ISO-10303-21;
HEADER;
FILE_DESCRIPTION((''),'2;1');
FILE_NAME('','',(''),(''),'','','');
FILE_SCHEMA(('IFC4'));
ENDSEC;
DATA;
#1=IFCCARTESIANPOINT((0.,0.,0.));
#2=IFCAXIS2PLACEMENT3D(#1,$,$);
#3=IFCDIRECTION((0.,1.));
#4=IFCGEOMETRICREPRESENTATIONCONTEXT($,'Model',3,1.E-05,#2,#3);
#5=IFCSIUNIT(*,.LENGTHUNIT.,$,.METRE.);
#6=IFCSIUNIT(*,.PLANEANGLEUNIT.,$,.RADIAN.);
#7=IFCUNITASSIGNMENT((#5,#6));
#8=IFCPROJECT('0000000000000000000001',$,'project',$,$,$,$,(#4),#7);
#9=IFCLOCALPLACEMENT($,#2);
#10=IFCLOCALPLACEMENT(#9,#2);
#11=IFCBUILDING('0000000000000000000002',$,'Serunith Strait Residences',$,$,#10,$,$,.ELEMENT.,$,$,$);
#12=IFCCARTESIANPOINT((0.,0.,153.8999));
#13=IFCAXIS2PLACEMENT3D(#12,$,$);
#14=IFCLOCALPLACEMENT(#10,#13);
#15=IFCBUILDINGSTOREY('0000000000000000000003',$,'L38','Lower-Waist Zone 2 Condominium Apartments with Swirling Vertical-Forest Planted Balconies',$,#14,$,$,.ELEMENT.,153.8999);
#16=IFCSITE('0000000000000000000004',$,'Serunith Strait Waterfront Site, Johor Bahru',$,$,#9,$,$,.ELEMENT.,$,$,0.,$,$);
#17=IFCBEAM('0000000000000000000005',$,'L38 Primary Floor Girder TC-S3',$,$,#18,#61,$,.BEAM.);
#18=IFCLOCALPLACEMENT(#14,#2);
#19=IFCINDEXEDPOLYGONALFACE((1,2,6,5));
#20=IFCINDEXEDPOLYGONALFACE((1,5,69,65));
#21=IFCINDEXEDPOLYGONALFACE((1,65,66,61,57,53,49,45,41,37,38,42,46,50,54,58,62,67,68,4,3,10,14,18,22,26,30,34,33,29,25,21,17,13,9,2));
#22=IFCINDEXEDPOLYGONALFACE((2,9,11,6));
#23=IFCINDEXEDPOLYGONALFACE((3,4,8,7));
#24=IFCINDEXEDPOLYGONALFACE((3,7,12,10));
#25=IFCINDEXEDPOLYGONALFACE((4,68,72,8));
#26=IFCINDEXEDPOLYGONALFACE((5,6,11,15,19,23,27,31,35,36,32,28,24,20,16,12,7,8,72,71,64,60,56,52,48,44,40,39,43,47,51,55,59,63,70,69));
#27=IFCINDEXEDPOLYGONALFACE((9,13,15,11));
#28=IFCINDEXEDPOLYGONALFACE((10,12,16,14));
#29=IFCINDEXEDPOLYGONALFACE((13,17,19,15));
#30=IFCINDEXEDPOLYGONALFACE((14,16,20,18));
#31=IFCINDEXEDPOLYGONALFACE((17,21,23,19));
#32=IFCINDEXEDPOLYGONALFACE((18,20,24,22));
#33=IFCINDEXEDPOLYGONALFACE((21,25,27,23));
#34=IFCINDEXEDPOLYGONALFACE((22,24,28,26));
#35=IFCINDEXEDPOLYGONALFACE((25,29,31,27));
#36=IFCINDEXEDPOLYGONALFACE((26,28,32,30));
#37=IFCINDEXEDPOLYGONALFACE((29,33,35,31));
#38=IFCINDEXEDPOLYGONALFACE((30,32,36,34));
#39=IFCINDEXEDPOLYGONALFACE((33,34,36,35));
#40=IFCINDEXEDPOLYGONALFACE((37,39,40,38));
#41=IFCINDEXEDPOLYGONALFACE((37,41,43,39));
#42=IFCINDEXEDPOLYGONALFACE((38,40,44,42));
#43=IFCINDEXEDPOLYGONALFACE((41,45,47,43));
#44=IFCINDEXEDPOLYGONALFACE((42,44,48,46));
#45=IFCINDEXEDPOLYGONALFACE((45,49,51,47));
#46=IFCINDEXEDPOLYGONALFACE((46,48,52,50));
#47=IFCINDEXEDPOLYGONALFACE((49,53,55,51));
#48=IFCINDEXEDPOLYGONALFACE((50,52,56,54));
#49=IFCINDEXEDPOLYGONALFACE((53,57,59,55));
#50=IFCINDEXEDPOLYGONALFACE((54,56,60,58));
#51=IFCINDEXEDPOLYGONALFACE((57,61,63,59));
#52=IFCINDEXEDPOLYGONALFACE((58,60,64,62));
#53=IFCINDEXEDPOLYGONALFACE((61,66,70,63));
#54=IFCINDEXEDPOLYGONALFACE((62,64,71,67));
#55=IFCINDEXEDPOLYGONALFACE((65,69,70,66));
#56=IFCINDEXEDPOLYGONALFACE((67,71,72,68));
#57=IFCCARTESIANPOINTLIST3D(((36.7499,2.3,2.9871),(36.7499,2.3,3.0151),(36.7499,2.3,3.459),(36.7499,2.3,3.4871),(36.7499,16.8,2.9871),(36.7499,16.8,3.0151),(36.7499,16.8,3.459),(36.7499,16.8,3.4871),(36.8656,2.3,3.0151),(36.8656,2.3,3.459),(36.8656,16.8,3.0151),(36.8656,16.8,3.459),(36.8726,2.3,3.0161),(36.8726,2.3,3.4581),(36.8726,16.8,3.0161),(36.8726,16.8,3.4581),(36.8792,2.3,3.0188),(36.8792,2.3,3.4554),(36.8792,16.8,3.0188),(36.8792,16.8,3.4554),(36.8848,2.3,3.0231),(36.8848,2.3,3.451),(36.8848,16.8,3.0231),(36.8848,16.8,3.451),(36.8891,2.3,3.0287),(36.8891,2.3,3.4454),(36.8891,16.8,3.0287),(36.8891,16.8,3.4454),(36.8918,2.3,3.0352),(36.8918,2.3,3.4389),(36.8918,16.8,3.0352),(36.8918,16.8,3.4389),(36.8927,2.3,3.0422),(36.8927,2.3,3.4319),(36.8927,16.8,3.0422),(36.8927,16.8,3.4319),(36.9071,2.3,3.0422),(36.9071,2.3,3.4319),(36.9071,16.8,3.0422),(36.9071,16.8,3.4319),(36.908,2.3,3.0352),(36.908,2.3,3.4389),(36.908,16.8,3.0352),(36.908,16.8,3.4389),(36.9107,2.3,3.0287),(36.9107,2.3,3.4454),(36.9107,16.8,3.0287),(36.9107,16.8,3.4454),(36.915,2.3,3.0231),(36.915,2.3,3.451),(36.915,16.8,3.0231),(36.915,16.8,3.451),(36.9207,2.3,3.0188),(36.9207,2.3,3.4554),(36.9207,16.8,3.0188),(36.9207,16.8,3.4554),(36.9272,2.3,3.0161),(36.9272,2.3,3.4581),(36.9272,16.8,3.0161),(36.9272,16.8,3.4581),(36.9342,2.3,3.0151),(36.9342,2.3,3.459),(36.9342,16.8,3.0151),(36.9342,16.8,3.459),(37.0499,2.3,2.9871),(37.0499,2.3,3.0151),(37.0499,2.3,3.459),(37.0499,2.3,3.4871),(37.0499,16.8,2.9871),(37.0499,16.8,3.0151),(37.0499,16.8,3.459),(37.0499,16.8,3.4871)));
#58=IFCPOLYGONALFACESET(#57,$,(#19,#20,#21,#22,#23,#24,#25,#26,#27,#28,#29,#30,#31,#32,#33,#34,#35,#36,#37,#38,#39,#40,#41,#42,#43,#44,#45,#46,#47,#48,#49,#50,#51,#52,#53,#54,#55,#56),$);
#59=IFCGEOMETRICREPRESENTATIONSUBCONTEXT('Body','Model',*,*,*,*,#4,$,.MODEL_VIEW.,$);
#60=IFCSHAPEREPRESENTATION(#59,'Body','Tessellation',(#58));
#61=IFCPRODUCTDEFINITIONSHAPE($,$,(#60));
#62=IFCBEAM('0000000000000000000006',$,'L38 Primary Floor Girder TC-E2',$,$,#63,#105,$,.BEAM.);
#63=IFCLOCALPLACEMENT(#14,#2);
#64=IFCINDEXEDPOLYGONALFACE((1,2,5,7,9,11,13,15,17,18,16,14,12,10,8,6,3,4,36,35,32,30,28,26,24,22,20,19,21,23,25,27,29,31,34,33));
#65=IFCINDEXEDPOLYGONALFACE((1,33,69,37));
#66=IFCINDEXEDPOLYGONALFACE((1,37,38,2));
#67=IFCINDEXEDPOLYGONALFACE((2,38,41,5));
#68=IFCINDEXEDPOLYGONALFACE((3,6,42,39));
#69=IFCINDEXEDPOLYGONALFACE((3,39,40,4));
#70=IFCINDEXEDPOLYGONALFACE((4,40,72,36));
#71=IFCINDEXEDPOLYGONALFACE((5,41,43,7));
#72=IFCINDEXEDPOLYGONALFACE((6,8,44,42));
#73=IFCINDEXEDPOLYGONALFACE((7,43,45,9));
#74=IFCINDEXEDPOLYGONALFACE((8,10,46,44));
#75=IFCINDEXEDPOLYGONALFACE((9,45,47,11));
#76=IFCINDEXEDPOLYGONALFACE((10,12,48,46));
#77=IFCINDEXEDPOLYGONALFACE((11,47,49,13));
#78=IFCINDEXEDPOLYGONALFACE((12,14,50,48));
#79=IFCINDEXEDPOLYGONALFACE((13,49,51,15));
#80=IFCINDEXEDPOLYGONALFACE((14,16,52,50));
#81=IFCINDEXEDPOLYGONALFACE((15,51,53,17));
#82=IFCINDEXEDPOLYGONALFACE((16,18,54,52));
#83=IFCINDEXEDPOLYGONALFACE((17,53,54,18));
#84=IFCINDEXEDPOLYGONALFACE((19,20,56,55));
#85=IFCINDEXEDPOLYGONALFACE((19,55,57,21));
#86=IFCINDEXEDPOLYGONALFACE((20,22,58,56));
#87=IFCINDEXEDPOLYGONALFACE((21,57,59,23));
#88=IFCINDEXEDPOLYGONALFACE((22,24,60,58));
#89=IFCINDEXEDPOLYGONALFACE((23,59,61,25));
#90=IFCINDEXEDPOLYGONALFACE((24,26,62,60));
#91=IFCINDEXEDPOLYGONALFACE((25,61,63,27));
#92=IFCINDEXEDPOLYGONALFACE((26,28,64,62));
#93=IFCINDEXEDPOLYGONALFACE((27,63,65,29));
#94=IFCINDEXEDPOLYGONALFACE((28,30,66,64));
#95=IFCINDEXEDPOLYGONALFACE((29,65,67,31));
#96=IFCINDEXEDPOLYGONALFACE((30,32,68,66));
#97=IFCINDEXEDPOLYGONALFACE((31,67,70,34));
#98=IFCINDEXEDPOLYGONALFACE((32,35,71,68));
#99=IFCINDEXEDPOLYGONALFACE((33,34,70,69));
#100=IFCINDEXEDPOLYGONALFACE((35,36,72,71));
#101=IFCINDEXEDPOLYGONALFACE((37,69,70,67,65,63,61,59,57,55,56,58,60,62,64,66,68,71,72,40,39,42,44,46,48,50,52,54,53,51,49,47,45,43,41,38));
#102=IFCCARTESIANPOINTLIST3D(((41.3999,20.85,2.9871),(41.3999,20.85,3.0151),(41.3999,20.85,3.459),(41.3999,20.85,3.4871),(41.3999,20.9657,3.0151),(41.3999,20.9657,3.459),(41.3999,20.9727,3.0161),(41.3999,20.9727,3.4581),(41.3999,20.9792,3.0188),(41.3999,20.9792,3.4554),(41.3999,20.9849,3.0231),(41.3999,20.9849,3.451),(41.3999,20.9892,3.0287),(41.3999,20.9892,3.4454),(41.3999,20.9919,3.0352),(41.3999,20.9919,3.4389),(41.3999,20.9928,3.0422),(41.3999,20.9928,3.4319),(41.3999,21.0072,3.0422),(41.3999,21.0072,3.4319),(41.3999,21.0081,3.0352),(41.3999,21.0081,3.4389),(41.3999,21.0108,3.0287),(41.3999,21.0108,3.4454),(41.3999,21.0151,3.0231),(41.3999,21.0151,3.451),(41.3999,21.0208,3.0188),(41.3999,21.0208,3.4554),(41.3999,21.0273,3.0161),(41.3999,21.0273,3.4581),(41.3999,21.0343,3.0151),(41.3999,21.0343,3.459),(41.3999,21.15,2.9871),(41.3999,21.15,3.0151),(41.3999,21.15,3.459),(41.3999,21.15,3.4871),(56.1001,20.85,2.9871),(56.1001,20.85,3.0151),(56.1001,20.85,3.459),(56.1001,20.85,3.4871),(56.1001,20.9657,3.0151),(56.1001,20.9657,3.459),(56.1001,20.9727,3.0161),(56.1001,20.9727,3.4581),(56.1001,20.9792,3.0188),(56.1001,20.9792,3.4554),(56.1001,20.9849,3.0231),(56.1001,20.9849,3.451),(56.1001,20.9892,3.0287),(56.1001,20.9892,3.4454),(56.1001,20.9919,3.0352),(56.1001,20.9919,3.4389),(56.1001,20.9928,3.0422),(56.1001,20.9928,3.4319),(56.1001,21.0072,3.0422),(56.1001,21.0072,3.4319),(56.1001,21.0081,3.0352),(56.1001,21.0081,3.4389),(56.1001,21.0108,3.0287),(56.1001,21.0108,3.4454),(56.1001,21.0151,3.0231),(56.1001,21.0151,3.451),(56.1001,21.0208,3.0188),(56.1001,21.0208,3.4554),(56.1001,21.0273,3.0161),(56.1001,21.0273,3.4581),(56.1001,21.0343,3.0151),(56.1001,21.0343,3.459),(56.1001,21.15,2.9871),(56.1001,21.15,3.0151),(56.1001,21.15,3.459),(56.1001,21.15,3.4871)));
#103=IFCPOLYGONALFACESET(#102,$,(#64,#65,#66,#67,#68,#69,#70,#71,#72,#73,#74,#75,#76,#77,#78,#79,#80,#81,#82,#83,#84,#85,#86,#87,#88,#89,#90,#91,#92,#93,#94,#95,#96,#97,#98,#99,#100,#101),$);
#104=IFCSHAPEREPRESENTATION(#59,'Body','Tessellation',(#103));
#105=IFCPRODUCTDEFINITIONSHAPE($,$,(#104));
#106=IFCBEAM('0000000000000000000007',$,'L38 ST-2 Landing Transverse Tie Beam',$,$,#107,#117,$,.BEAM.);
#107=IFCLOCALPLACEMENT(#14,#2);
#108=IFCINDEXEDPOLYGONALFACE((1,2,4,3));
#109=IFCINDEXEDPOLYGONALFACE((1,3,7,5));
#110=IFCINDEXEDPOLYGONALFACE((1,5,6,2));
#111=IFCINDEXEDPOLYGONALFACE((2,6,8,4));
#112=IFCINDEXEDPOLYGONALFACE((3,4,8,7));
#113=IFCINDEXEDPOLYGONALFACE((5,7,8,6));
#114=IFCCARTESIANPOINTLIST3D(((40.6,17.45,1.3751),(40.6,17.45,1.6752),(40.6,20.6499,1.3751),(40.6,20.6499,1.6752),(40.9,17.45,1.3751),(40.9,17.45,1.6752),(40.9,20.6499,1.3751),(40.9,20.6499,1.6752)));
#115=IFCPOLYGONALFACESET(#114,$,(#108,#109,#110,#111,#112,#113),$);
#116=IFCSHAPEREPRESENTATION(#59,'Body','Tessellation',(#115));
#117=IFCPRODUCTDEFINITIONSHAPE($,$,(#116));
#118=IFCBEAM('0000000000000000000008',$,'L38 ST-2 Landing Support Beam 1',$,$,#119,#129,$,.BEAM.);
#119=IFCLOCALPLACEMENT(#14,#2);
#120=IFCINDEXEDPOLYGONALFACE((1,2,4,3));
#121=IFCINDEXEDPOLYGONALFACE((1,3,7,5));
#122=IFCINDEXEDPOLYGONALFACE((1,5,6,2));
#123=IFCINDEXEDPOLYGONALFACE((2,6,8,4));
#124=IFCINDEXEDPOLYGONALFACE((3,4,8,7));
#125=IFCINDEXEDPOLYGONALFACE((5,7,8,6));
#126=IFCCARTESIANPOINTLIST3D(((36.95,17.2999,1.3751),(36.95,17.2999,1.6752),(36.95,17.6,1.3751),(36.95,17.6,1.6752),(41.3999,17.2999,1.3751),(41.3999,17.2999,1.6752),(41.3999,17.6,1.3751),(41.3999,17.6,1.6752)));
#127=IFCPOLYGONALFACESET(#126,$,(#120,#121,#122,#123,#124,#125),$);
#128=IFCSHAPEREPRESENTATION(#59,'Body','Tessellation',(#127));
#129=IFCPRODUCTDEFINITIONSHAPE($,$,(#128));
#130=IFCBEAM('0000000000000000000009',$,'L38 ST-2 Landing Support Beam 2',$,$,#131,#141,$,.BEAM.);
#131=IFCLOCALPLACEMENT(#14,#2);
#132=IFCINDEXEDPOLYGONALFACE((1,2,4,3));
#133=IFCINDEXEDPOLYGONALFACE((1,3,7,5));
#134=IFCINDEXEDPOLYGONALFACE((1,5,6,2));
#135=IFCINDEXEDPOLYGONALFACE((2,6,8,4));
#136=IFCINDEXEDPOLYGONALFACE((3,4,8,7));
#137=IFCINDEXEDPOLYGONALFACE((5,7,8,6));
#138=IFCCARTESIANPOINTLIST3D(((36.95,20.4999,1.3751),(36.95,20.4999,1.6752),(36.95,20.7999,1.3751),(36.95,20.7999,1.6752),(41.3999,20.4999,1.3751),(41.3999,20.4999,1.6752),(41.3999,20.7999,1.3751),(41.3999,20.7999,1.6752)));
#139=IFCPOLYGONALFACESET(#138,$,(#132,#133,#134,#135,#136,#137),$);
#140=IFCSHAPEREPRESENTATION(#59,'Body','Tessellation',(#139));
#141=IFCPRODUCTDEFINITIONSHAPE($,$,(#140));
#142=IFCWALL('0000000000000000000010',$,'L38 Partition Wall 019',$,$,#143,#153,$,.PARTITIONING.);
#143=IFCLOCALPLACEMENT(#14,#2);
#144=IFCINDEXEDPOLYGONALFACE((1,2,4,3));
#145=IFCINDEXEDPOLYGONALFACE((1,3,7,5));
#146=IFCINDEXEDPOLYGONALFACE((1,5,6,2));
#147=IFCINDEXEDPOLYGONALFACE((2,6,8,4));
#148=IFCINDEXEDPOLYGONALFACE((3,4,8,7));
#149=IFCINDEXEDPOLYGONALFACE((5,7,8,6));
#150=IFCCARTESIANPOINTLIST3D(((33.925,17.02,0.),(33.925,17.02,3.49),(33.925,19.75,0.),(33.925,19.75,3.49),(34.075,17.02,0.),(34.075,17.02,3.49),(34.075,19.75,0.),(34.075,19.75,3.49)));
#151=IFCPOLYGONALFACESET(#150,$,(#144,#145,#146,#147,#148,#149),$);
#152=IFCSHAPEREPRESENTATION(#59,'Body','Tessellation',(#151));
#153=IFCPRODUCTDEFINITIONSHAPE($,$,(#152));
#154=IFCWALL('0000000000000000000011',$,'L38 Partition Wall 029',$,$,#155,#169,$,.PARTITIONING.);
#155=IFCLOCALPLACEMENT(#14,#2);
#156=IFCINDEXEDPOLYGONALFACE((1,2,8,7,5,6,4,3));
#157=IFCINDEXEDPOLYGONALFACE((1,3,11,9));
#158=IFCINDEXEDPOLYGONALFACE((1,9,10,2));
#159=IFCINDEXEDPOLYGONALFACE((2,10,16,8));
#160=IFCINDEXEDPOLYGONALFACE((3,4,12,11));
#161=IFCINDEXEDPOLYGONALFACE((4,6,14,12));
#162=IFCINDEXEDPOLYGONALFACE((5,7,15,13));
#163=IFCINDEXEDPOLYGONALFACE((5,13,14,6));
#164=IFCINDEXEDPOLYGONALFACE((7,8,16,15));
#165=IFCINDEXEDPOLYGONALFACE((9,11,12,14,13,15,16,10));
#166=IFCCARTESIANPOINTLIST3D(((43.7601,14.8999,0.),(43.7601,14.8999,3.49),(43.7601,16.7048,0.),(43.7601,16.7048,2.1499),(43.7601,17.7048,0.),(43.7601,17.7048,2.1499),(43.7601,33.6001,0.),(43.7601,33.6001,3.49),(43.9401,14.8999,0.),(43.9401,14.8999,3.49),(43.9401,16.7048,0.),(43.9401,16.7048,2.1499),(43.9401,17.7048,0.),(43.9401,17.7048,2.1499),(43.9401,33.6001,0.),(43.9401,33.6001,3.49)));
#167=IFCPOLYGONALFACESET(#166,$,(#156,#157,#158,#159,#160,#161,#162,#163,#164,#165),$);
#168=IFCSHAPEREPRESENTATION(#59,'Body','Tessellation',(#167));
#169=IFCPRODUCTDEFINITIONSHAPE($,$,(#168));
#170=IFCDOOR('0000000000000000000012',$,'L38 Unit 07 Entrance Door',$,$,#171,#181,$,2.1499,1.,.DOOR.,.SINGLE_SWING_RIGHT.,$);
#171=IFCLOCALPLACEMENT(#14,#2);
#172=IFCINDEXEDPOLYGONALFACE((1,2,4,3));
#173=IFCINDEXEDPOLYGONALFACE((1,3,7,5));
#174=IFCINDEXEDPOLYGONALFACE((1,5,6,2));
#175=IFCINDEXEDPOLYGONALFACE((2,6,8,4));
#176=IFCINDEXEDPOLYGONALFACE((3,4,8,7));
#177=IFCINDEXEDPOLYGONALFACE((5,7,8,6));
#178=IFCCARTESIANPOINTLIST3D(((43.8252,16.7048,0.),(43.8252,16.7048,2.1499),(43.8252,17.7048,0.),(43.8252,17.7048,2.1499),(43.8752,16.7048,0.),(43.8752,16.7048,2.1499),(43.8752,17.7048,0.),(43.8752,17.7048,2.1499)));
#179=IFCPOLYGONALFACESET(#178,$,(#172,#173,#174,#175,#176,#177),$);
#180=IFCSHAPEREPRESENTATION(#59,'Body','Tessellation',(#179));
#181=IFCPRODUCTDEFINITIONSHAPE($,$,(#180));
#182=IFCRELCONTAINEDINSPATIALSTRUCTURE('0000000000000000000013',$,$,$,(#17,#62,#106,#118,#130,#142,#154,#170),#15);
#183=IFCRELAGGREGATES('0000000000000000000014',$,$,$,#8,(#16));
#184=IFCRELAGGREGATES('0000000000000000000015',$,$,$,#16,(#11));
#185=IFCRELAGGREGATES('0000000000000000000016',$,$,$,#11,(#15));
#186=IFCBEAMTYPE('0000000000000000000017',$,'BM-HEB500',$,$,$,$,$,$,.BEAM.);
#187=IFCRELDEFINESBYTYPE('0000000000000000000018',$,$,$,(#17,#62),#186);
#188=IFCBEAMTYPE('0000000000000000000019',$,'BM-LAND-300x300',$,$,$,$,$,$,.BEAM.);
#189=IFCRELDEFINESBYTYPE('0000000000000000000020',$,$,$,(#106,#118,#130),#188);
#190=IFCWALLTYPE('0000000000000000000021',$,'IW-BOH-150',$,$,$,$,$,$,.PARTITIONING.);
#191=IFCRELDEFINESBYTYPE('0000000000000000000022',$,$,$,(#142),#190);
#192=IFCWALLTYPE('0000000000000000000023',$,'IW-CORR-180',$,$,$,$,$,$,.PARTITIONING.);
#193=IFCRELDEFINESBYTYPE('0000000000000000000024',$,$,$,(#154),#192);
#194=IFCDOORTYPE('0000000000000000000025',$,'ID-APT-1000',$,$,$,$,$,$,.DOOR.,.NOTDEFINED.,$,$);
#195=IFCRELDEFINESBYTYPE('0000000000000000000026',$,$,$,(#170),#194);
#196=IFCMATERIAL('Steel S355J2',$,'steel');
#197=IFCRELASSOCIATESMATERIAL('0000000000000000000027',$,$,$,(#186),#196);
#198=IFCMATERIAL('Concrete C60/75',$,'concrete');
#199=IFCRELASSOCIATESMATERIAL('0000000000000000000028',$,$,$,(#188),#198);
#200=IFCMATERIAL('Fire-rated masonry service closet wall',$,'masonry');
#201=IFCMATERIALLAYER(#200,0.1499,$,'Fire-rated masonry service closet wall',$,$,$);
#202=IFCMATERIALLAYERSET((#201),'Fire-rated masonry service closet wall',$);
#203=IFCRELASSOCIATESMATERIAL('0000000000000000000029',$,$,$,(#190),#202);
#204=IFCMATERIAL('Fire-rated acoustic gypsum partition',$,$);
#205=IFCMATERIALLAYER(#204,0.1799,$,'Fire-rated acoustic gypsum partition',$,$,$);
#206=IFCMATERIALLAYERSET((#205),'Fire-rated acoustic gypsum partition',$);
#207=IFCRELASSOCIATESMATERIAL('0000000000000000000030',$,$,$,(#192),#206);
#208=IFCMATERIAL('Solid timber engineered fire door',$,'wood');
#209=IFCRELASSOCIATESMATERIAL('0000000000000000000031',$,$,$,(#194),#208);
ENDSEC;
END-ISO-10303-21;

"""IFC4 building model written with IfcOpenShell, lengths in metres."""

from ifc_helpers import new_model, si_unit, direction, frame, frame_2d, origin, origin_2d, place, context, subcontext, project, spatial, rectangle, i_section, extrude, source, transform, mapped, material, layer, layer_set, material_profile, profile_set, type_object, element, fill, save


model = new_model("IFC4")

# Units and contexts
model_context = context("Model", 3, precision=1e-05, world=origin(), true_north=direction((0.0, 1.0)))
body_context = subcontext(model_context, "Body", "Model", "MODEL_VIEW")
ifc_project = project(units=[si_unit("LENGTHUNIT", "METRE"), si_unit("PLANEANGLEUNIT", "RADIAN")], contexts=[model_context])

# Site, building, storey
site_placement = place(None, origin())
site = spatial("IfcSite", under=ifc_project, at=site_placement, Name="Serunith Strait Waterfront Site, Johor Bahru", CompositionType="ELEMENT", RefElevation=0.0)
building_placement = place(site_placement, origin())
building = spatial("IfcBuilding", under=site, at=building_placement, Name="Serunith Strait Residences", CompositionType="ELEMENT")
storey_placement = place(building_placement, frame((0.0, 0.0, 153.8999)))
storey = spatial("IfcBuildingStorey", under=building, at=storey_placement, Name="L38", Description="Lower-Waist Zone 2 Condominium Apartments with Swirling Vertical-Forest Planted Balconies", CompositionType="ELEMENT", Elevation=153.8999)

# Beams
ifc_material_1 = material(Name="Steel S355J2", Category="steel")
ifc_material_profile_1 = material_profile(ifc_material_1, i_section(OverallWidth=0.3, OverallDepth=0.5, WebThickness=0.0144, FlangeThickness=0.0281, FilletRadius=0.0271, at=origin_2d()), Name="HEB 500")
ifc_profile_set_1 = profile_set([ifc_material_profile_1], Name="Steel S355J2")
beam_type_1 = type_object("IfcBeamType", Name="BM-HEB500", PredefinedType="BEAM", material=ifc_profile_set_1)
shared_shape_1 = source(origin(), body_context, "Body", "SweptSolid", [
    extrude(i_section(OverallWidth=0.3, OverallDepth=0.5, WebThickness=0.0144, FlangeThickness=0.0281, FilletRadius=0.0271, at=origin_2d()), origin(), (0.0, 0.0, 1.0), 14.5),
])
beam_1_placement = place(storey_placement, frame((36.8999, 16.8, 3.2371), z_axis=(0.0, -1.0, 0.0), x_axis=(1.0, 0.0, 0.0)))
element("IfcBeam", 1, at=beam_1_placement, inside=storey, type_object=beam_type_1, Name="L38 Primary Floor Girder TC-S3", PredefinedType="BEAM", context=body_context, shape_type="MappedRepresentation", body=[
    mapped(shared_shape_1, transform((0.0, 0.0, 0.0), scale=1.0)),
])
shared_shape_2 = source(origin(), body_context, "Body", "SweptSolid", [
    extrude(i_section(OverallWidth=0.3, OverallDepth=0.5, WebThickness=0.0144, FlangeThickness=0.0281, FilletRadius=0.0271, at=origin_2d()), origin(), (0.0, 0.0, 1.0), 14.7002),
])
beam_2_placement = place(storey_placement, frame((41.3999, 21.0, 3.2371), z_axis=(1.0, 0.0, 0.0), x_axis=(0.0, 1.0, 0.0)))
element("IfcBeam", 2, at=beam_2_placement, inside=storey, type_object=beam_type_1, Name="L38 Primary Floor Girder TC-E2", PredefinedType="BEAM", context=body_context, shape_type="MappedRepresentation", body=[
    mapped(shared_shape_2, transform((0.0, 0.0, 0.0), scale=1.0)),
])
ifc_material_2 = material(Name="Concrete C60/75", Category="concrete")
ifc_material_profile_2 = material_profile(ifc_material_2, rectangle(XDim=0.3, YDim=0.3, at=origin_2d()), Name="RC 300x300")
ifc_profile_set_2 = profile_set([ifc_material_profile_2], Name="Concrete C60/75")
beam_type_2 = type_object("IfcBeamType", Name="BM-LAND-300x300", PredefinedType="BEAM", material=ifc_profile_set_2)
shared_shape_3 = source(origin(), body_context, "Body", "SweptSolid", [
    extrude(rectangle(XDim=0.3, YDim=0.3, at=origin_2d()), origin(), (0.0, 0.0, 1.0), 3.2),
])
beam_3_placement = place(storey_placement, frame((40.75, 17.45, 1.5251), z_axis=(0.0, 1.0, 0.0), x_axis=(-1.0, 0.0, 0.0)))
element("IfcBeam", 3, at=beam_3_placement, inside=storey, type_object=beam_type_2, Name="L38 ST-2 Landing Transverse Tie Beam", PredefinedType="BEAM", context=body_context, shape_type="MappedRepresentation", body=[
    mapped(shared_shape_3, transform((0.0, 0.0, 0.0), scale=1.0)),
])
shared_shape_4 = source(origin(), body_context, "Body", "SweptSolid", [
    extrude(rectangle(XDim=0.3, YDim=0.3, at=origin_2d()), origin(), (0.0, 0.0, 1.0), 4.45),
])
for number, where, z_axis, x_axis, name in (
    (4, (36.95, 17.45, 1.5251), (1.0, 0.0, 0.0), (0.0, 1.0, 0.0), "L38 ST-2 Landing Support Beam 1"),
    (5, (36.95, 20.6499, 1.5251), (1.0, 0.0, 0.0), (0.0, 1.0, 0.0), "L38 ST-2 Landing Support Beam 2"),
):
    element("IfcBeam", number, at=place(storey_placement, frame(where, z_axis=z_axis, x_axis=x_axis)), inside=storey, type_object=beam_type_2, Name=name, PredefinedType="BEAM", context=body_context, shape_type="MappedRepresentation", body=[
        mapped(shared_shape_4, transform((0.0, 0.0, 0.0), scale=1.0)),
    ])

# Wall
ifc_material_3 = material(Name="Fire-rated masonry service closet wall", Category="masonry")
ifc_layer_1 = layer(ifc_material_3, 0.1499, Name="Fire-rated masonry service closet wall")
ifc_layer_set_1 = layer_set([ifc_layer_1], Name="Fire-rated masonry service closet wall")
wall_type_1 = type_object("IfcWallType", Name="IW-BOH-150", PredefinedType="PARTITIONING", material=ifc_layer_set_1)
wall_1_placement = place(storey_placement, frame((34.0, 17.02, 0.0), z_axis=(0.0, 0.0, 1.0), x_axis=(0.0, 1.0, 0.0)))
element("IfcWall", 6, at=wall_1_placement, inside=storey, type_object=wall_type_1, Name="L38 Partition Wall 019", PredefinedType="PARTITIONING", context=body_context, shape_type="SweptSolid", body=[
    extrude(rectangle(XDim=2.73, YDim=0.1499, at=frame_2d((1.365, 0.0))), origin(), (0.0, 0.0, 1.0), 3.49),
])

# Wall, opening, door
ifc_material_4 = material(Name="Fire-rated acoustic gypsum partition")
ifc_layer_2 = layer(ifc_material_4, 0.1799, Name="Fire-rated acoustic gypsum partition")
ifc_layer_set_2 = layer_set([ifc_layer_2], Name="Fire-rated acoustic gypsum partition")
wall_type_2 = type_object("IfcWallType", Name="IW-CORR-180", PredefinedType="PARTITIONING", material=ifc_layer_set_2)
wall_2_placement = place(storey_placement, frame((43.8501, 14.8999, 0.0), z_axis=(0.0, 0.0, 1.0), x_axis=(0.0, 1.0, 0.0)))
wall_2 = element("IfcWall", 7, at=wall_2_placement, inside=storey, type_object=wall_type_2, Name="L38 Partition Wall 029", PredefinedType="PARTITIONING", context=body_context, shape_type="SweptSolid", body=[
    extrude(rectangle(XDim=18.7002, YDim=0.1799, at=frame_2d((9.3501, 0.0))), origin(), (0.0, 0.0, 1.0), 3.49),
])
opening_1_placement = place(wall_2_placement, frame((1.8049, 0.0, 0.0)))
opening_1 = element("IfcOpeningElement", 8, at=opening_1_placement, cuts=wall_2, PredefinedType="OPENING", context=body_context, shape_type="SweptSolid", body=[
    extrude(rectangle(XDim=1.0, YDim=2.1499, at=frame_2d((0.5, 1.075))), frame((0.0, 0.1001, 0.0), z_axis=(0.0, -1.0, 0.0), x_axis=(1.0, 0.0, 0.0)), (0.0, 0.0, 1.0), 0.2),
])
ifc_material_5 = material(Name="Solid timber engineered fire door", Category="wood")
door_type_1 = type_object("IfcDoorType", Name="ID-APT-1000", OperationType="NOTDEFINED", PredefinedType="DOOR", material=ifc_material_5)
shared_shape_5 = source(origin(), body_context, "Body", "SweptSolid", [
    extrude(rectangle(XDim=1.0, YDim=2.1499, at=frame_2d((0.5, 1.075))), frame((0.0, 0.0249, 0.0), z_axis=(0.0, -1.0, 0.0), x_axis=(1.0, 0.0, 0.0)), (0.0, 0.0, 1.0), 0.05),
])
door_1_placement = place(opening_1_placement, origin())
door_1 = element("IfcDoor", 9, at=door_1_placement, inside=storey, type_object=door_type_1, Name="L38 Unit 07 Entrance Door", OperationType="SINGLE_SWING_RIGHT", OverallHeight=2.1499, OverallWidth=1.0, PredefinedType="DOOR", context=body_context, shape_type="MappedRepresentation", body=[
    mapped(shared_shape_5, transform((0.0, 0.0, 0.0), scale=1.0)),
])
fill(opening_1, door_1)

save(model, "model.ifc")
